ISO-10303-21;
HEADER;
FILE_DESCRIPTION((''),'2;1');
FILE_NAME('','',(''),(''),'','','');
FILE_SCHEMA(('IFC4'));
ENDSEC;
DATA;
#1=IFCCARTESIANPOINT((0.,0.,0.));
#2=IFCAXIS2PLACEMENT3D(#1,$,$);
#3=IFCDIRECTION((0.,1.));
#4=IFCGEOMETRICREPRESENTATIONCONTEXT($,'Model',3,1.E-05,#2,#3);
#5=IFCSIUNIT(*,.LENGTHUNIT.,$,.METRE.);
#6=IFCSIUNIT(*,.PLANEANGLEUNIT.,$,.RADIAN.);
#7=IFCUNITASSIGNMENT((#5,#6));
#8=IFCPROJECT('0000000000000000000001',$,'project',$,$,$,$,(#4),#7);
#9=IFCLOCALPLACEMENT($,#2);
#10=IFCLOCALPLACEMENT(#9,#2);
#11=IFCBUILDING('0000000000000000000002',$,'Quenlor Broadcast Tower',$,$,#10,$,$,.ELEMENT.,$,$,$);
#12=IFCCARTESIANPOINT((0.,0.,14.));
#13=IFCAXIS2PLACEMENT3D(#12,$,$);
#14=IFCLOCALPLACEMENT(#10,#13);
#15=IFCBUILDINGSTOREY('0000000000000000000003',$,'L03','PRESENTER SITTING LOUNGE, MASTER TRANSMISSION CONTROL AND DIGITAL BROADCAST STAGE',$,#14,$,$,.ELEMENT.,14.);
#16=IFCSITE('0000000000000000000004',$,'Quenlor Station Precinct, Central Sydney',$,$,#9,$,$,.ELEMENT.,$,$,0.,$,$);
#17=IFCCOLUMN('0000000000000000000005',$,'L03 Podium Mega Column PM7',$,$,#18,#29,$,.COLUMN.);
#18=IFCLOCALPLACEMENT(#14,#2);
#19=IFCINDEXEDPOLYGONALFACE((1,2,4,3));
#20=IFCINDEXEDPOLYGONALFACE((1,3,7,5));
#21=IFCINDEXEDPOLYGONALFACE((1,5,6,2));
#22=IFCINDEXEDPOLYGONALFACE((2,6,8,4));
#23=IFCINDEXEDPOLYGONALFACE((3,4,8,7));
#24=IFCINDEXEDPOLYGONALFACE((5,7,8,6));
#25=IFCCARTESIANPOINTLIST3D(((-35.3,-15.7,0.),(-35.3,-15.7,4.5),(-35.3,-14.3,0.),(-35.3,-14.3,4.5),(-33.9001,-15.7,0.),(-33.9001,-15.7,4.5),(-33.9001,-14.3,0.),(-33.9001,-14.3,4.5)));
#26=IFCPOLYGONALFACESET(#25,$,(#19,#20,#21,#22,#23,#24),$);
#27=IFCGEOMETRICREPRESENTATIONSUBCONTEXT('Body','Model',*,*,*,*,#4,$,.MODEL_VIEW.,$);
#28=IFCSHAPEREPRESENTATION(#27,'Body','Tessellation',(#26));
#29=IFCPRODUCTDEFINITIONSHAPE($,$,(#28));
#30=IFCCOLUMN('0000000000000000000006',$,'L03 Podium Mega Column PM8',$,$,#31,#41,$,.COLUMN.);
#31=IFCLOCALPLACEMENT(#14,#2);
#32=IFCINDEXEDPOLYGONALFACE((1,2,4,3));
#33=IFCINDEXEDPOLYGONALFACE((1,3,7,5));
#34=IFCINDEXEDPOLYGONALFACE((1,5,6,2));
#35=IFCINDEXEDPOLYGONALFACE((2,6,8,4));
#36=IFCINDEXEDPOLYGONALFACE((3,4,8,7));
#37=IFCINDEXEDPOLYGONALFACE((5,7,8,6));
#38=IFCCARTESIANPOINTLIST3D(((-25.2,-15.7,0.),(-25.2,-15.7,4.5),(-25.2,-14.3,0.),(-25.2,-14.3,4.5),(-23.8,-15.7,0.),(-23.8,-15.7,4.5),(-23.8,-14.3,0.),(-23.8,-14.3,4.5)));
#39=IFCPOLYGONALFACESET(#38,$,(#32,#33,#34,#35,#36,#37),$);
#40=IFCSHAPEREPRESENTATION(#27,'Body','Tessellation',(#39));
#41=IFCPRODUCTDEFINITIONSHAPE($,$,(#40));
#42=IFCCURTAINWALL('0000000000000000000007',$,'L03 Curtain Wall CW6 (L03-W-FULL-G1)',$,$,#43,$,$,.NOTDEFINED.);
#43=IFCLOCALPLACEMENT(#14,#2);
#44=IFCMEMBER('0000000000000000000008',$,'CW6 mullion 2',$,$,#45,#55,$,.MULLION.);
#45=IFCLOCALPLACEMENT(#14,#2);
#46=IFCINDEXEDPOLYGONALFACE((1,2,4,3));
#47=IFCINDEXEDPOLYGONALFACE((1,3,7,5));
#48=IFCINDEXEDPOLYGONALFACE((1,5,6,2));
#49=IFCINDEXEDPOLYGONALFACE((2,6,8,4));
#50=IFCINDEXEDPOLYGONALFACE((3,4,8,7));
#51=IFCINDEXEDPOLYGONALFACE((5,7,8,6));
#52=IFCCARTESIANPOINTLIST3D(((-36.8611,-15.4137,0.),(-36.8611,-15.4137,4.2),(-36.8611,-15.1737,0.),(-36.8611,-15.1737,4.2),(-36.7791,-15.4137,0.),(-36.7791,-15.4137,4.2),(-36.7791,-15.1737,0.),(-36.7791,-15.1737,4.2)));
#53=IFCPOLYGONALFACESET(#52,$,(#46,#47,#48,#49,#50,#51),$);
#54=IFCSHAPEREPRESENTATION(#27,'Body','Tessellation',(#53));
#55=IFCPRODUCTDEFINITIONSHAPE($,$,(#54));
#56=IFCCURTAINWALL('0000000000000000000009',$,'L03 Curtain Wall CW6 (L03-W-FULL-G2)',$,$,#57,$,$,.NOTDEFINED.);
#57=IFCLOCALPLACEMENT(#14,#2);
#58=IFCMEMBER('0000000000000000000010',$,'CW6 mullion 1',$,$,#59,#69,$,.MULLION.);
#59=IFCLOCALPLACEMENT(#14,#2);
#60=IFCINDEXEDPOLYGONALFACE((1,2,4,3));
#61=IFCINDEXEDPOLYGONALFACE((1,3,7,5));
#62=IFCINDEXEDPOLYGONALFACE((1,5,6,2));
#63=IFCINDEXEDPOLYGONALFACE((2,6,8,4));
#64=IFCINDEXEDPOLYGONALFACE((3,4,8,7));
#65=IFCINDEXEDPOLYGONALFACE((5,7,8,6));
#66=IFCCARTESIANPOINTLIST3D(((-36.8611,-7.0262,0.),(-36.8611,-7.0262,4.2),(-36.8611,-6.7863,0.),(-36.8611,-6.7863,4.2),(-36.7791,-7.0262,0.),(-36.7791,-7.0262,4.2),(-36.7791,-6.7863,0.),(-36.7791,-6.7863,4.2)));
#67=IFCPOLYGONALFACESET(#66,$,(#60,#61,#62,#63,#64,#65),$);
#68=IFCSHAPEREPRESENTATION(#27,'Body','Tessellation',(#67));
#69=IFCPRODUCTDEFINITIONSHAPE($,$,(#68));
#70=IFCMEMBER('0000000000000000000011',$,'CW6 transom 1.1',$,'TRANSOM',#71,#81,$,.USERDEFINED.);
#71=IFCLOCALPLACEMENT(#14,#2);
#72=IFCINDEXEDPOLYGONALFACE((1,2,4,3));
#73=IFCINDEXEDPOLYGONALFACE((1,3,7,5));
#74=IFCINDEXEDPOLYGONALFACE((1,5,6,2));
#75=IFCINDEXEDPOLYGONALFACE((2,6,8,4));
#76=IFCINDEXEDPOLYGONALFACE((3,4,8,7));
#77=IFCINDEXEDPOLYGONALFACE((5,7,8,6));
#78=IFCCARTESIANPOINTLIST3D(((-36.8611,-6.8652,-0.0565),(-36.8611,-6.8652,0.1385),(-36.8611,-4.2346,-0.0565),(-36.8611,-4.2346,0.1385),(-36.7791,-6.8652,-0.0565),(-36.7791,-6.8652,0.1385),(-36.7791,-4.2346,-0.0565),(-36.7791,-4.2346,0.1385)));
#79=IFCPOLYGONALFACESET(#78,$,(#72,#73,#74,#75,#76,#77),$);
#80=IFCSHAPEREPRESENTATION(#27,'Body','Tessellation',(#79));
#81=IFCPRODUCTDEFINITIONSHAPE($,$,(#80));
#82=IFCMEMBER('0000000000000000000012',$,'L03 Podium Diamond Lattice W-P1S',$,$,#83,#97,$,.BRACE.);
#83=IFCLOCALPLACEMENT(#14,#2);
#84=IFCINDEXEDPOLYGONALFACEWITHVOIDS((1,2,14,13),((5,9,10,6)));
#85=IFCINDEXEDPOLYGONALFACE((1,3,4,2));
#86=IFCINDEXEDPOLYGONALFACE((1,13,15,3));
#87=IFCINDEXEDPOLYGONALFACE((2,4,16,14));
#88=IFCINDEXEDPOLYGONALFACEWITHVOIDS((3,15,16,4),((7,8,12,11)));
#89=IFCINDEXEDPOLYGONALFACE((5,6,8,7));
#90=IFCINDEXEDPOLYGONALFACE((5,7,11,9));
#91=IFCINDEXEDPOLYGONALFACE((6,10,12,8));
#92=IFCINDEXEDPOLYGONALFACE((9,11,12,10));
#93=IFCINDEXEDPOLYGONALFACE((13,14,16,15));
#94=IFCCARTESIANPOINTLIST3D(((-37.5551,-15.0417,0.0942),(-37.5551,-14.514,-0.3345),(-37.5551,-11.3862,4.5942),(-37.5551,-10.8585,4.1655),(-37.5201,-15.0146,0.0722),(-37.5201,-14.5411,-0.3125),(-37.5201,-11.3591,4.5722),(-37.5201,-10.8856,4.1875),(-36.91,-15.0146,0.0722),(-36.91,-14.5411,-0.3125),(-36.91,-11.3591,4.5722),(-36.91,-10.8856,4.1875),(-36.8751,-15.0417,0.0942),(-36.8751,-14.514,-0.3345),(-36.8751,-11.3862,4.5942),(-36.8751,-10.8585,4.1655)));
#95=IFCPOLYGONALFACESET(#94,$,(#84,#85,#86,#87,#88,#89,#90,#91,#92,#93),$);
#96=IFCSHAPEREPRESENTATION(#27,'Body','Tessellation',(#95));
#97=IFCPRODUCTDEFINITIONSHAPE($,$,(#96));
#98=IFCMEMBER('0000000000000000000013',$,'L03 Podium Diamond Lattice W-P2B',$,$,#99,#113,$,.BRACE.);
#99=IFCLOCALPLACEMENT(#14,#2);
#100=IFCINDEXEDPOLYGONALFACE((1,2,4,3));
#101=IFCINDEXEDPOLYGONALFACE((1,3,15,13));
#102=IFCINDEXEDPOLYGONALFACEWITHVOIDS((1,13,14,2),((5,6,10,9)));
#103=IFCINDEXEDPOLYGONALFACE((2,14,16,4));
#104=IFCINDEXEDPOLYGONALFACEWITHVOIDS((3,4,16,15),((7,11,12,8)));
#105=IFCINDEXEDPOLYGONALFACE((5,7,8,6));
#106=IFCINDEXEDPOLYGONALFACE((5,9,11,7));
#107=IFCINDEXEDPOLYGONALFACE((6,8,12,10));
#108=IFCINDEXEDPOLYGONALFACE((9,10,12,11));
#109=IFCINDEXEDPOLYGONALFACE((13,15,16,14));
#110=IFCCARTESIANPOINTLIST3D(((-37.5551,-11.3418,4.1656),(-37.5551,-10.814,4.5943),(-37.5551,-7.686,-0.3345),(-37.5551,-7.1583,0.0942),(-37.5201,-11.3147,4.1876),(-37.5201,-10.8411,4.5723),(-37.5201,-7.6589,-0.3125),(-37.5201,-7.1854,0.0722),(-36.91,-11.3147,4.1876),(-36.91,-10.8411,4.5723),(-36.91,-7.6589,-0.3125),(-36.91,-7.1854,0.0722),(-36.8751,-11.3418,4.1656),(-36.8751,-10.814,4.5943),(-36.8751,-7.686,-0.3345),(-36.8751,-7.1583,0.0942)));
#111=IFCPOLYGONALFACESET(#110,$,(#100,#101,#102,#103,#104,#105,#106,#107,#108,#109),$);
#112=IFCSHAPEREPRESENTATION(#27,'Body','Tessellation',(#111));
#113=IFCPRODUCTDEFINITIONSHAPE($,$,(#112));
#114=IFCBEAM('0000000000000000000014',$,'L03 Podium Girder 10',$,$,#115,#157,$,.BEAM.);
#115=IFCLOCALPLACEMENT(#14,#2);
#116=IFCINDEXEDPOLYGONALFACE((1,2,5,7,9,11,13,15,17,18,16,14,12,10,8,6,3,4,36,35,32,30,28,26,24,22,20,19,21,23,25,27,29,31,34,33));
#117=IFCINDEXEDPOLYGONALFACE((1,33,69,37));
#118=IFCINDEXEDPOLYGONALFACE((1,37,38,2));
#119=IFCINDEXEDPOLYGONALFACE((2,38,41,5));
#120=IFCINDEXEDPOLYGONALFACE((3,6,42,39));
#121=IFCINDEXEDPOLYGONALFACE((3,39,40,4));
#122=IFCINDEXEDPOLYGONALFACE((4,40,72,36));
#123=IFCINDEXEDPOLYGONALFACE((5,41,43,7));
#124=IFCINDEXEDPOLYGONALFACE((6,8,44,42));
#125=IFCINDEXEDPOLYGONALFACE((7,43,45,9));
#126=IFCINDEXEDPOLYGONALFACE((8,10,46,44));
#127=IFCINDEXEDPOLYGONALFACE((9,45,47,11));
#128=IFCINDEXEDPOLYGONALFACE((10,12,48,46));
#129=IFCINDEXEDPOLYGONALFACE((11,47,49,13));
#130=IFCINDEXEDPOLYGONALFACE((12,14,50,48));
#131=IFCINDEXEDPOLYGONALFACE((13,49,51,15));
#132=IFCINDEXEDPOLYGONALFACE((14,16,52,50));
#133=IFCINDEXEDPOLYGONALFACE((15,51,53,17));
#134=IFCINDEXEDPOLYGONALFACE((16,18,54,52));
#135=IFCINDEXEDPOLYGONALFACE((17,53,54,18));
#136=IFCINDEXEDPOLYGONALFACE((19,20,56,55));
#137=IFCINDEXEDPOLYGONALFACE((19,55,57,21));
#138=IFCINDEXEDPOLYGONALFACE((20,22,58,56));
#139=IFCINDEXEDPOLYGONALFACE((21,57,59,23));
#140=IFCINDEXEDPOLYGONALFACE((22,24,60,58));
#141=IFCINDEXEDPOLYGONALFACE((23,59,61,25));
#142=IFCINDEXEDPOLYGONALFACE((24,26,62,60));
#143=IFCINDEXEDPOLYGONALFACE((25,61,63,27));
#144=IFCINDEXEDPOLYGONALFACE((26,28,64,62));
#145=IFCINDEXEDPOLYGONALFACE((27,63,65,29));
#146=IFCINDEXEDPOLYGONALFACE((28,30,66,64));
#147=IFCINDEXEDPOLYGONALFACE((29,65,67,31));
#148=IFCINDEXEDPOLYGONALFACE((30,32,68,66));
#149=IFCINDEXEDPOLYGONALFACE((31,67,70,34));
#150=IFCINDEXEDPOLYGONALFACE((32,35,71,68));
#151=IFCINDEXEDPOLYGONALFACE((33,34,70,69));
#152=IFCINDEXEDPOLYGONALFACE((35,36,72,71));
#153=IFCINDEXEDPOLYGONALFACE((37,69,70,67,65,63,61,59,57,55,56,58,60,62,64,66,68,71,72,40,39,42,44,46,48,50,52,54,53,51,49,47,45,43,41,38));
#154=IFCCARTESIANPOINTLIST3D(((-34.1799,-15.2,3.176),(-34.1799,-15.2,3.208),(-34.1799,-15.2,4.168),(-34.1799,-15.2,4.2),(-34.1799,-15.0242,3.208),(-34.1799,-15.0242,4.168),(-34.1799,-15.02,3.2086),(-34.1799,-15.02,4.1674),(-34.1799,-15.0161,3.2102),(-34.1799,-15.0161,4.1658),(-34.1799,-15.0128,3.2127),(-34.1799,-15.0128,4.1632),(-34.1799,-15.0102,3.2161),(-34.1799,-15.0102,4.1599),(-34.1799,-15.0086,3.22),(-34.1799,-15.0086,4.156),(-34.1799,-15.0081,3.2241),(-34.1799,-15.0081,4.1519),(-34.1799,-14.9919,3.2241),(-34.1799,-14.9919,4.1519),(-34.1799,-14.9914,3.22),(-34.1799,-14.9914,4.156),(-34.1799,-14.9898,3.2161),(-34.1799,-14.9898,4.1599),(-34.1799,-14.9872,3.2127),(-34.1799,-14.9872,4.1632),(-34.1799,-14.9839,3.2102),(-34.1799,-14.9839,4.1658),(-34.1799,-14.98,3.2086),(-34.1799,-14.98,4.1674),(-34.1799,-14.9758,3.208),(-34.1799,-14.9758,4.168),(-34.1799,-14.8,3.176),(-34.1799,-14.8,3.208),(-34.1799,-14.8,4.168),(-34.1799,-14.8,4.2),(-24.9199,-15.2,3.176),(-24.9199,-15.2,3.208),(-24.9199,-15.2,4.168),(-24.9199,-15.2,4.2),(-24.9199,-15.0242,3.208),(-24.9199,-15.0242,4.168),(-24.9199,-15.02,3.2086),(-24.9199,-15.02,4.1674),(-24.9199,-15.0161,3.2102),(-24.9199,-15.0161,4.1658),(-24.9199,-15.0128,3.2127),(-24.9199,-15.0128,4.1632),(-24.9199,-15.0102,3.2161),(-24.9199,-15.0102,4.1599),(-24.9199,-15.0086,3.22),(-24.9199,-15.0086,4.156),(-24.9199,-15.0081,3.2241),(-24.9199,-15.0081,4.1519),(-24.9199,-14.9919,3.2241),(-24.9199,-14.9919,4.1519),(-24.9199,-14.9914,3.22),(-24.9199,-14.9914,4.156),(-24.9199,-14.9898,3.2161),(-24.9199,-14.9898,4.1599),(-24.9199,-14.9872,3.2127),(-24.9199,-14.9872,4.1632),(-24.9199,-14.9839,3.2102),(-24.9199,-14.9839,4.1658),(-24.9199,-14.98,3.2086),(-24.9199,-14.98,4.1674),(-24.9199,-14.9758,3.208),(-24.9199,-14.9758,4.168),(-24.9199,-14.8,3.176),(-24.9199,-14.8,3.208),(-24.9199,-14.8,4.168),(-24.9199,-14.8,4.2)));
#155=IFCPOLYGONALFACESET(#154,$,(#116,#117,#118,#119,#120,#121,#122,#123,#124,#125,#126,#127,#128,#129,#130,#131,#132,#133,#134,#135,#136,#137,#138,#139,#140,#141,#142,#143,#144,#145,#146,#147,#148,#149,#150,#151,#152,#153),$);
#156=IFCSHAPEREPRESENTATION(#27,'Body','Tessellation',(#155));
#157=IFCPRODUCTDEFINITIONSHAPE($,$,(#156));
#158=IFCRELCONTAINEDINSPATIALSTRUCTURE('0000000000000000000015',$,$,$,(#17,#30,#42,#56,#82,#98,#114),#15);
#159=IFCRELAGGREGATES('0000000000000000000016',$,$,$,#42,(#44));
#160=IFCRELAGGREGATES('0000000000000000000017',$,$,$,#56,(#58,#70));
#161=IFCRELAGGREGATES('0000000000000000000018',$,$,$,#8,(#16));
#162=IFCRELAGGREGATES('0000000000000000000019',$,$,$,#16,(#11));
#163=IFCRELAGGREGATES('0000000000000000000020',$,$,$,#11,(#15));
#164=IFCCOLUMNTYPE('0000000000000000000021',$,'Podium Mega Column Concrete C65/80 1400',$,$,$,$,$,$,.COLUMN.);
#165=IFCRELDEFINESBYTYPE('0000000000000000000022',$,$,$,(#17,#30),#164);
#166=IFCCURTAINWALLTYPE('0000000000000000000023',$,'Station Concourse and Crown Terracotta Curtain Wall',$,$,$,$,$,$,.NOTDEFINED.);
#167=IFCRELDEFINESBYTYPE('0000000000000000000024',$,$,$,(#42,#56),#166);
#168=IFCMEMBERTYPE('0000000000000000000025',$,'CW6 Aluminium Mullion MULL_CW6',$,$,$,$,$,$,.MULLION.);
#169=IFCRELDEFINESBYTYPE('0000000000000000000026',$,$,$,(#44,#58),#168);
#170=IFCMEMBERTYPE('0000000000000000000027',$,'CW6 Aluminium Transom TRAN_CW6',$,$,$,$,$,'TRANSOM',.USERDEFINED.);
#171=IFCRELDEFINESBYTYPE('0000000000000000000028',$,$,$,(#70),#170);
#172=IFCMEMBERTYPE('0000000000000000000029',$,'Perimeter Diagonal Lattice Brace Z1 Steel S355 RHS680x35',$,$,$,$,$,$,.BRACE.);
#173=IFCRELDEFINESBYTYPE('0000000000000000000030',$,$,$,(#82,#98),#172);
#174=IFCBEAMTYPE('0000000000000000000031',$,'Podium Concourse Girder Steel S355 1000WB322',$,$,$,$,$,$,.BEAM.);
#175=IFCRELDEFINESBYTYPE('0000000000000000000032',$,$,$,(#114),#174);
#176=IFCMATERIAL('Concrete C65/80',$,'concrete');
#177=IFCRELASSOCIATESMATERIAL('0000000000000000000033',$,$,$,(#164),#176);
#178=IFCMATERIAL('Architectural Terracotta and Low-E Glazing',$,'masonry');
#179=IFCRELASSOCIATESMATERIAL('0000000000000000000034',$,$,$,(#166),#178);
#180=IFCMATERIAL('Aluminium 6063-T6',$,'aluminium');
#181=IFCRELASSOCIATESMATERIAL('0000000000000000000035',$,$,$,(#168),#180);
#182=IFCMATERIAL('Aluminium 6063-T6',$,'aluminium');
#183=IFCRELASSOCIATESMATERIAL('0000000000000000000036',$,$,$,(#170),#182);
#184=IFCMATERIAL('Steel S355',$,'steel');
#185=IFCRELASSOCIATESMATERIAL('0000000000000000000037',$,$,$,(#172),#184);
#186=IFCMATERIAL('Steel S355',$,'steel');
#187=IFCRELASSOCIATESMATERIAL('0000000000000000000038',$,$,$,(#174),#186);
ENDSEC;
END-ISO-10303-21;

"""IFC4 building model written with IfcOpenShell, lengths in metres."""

from ifc_helpers import new_model, si_unit, direction, frame, origin, origin_2d, place, context, subcontext, project, spatial, rectangle, hollow_rectangle, i_section, extrude, material, material_profile, profile_set, type_object, element, aggregate, save


model = new_model("IFC4")

# Units and contexts
model_context = context("Model", 3, precision=1e-05, world=origin(), true_north=direction((0.0, 1.0)))
body_context = subcontext(model_context, "Body", "Model", "MODEL_VIEW")
ifc_project = project(units=[si_unit("LENGTHUNIT", "METRE"), si_unit("PLANEANGLEUNIT", "RADIAN")], contexts=[model_context])

# Site, building, storey
site_placement = place(None, origin())
site = spatial("IfcSite", under=ifc_project, at=site_placement, Name="Quenlor Station Precinct, Central Sydney", CompositionType="ELEMENT", RefElevation=0.0)
building_placement = place(site_placement, origin())
building = spatial("IfcBuilding", under=site, at=building_placement, Name="Quenlor Broadcast Tower", CompositionType="ELEMENT")
storey_placement = place(building_placement, frame((0.0, 0.0, 14.0)))
storey = spatial("IfcBuildingStorey", under=building, at=storey_placement, Name="L03", Description="PRESENTER SITTING LOUNGE, MASTER TRANSMISSION CONTROL AND DIGITAL BROADCAST STAGE", CompositionType="ELEMENT", Elevation=14.0)

# Columns
ifc_material_1 = material(Name="Concrete C65/80", Category="concrete")
ifc_material_profile_1 = material_profile(ifc_material_1, rectangle(XDim=1.3999, YDim=1.3999, at=origin_2d()))
ifc_profile_set_1 = profile_set([ifc_material_profile_1], Name="Concrete C65/80 RC1400x1400")
column_type = type_object("IfcColumnType", Name="Podium Mega Column Concrete C65/80 1400", PredefinedType="COLUMN", material=ifc_profile_set_1)
for number, where, z_axis, x_axis, name in (
    (1, (-34.6001, -15.0, 0.0), (0.0, 0.0, 1.0), (1.0, 0.0, 0.0), "L03 Podium Mega Column PM7"),
    (2, (-24.5, -15.0, 0.0), (0.0, 0.0, 1.0), (1.0, 0.0, 0.0), "L03 Podium Mega Column PM8"),
):
    element("IfcColumn", number, at=place(storey_placement, frame(where, z_axis=z_axis, x_axis=x_axis)), inside=storey, type_object=column_type, Name=name, PredefinedType="COLUMN", context=body_context, shape_type="SweptSolid", body=[
        extrude(rectangle(XDim=1.3999, YDim=1.3999, at=origin_2d()), origin(), (0.0, 0.0, 1.0), 4.5),
    ])

# Curtain wall, member
ifc_material_2 = material(Name="Architectural Terracotta and Low-E Glazing", Category="masonry")
curtain_wall_type = type_object("IfcCurtainWallType", Name="Station Concourse and Crown Terracotta Curtain Wall", PredefinedType="NOTDEFINED", material=ifc_material_2)
curtain_wall_1_placement = place(storey_placement, origin())
curtain_wall_1 = element("IfcCurtainWall", 3, at=curtain_wall_1_placement, inside=storey, type_object=curtain_wall_type, Name="L03 Curtain Wall CW6 (L03-W-FULL-G1)", PredefinedType="NOTDEFINED")
ifc_material_3 = material(Name="Aluminium 6063-T6", Category="aluminium")
ifc_material_profile_2 = material_profile(ifc_material_3, rectangle(XDim=0.082, YDim=0.24, at=origin_2d()))
ifc_profile_set_2 = profile_set([ifc_material_profile_2], Name="Aluminium 6063-T6 MULL82x240")
member_type_1 = type_object("IfcMemberType", Name="CW6 Aluminium Mullion MULL_CW6", PredefinedType="MULLION", material=ifc_profile_set_2)
member_1_placement = place(storey_placement, frame((-36.8201, -15.2937, 0.0), z_axis=(0.0, 0.0, 1.0), x_axis=(-1.0, 0.0, 0.0)))
member_1 = element("IfcMember", 4, at=member_1_placement, type_object=member_type_1, Name="CW6 mullion 2", PredefinedType="MULLION", context=body_context, shape_type="SweptSolid", body=[
    extrude(rectangle(XDim=0.082, YDim=0.24, at=origin_2d()), origin(), (0.0, 0.0, 1.0), 4.2),
])
aggregate(curtain_wall_1, [member_1])

# Curtain wall, members
curtain_wall_2_placement = place(storey_placement, origin())
curtain_wall_2 = element("IfcCurtainWall", 5, at=curtain_wall_2_placement, inside=storey, type_object=curtain_wall_type, Name="L03 Curtain Wall CW6 (L03-W-FULL-G2)", PredefinedType="NOTDEFINED")
member_2_placement = place(storey_placement, frame((-36.8201, -6.9062, 0.0), z_axis=(0.0, 0.0, 1.0), x_axis=(-1.0, 0.0, 0.0)))
member_2 = element("IfcMember", 6, at=member_2_placement, type_object=member_type_1, Name="CW6 mullion 1", PredefinedType="MULLION", context=body_context, shape_type="SweptSolid", body=[
    extrude(rectangle(XDim=0.082, YDim=0.24, at=origin_2d()), origin(), (0.0, 0.0, 1.0), 4.2),
])
ifc_material_4 = material(Name="Aluminium 6063-T6", Category="aluminium")
ifc_material_profile_3 = material_profile(ifc_material_4, rectangle(XDim=0.082, YDim=0.1951, at=origin_2d()))
ifc_profile_set_3 = profile_set([ifc_material_profile_3], Name="Aluminium 6063-T6 TRAN82x195")
member_type_2 = type_object("IfcMemberType", Name="CW6 Aluminium Transom TRAN_CW6", ElementType="TRANSOM", PredefinedType="USERDEFINED", material=ifc_profile_set_3)
member_3_placement = place(storey_placement, frame((-36.8201, -6.8652, 0.041), z_axis=(0.0, 1.0, 0.0), x_axis=(-1.0, 0.0, 0.0)))
member_3 = element("IfcMember", 7, at=member_3_placement, type_object=member_type_2, Name="CW6 transom 1.1", ObjectType="TRANSOM", PredefinedType="USERDEFINED", context=body_context, shape_type="SweptSolid", body=[
    extrude(rectangle(XDim=0.082, YDim=0.1951, at=origin_2d()), origin(), (0.0, 0.0, 1.0), 2.6306),
])
aggregate(curtain_wall_2, [member_2, member_3])

# Members
ifc_material_5 = material(Name="Steel S355", Category="steel")
ifc_material_profile_4 = material_profile(ifc_material_5, hollow_rectangle(XDim=0.6799, YDim=0.6799, WallThickness=0.0349, at=origin_2d()))
ifc_profile_set_4 = profile_set([ifc_material_profile_4], Name="Steel S355 RHS680x680x35")
member_type_3 = type_object("IfcMemberType", Name="Perimeter Diagonal Lattice Brace Z1 Steel S355 RHS680x35", PredefinedType="BRACE", material=ifc_profile_set_4)
member_4_placement = place(storey_placement, frame((-37.2151, -14.7778, -0.1201), z_axis=(0.0, 0.630517, 0.776176), x_axis=(-1.0, 0.0, 0.0)))
element("IfcMember", 8, at=member_4_placement, inside=storey, type_object=member_type_3, Name="L03 Podium Diamond Lattice W-P1S", PredefinedType="BRACE", context=body_context, shape_type="SweptSolid", body=[
    extrude(hollow_rectangle(XDim=0.6799, YDim=0.6799, WallThickness=0.0349, at=origin_2d()), origin(), (0.0, 0.0, 1.0), 5.7976),
])
member_5_placement = place(storey_placement, frame((-37.2151, -7.4221, -0.1201), z_axis=(0.0, -0.630542, 0.776155), x_axis=(1.0, 0.0, 0.0)))
element("IfcMember", 9, at=member_5_placement, inside=storey, type_object=member_type_3, Name="L03 Podium Diamond Lattice W-P2B", PredefinedType="BRACE", context=body_context, shape_type="SweptSolid", body=[
    extrude(hollow_rectangle(XDim=0.6799, YDim=0.6799, WallThickness=0.0349, at=origin_2d()), origin(), (0.0, 0.0, 1.0), 5.7979),
])

# Beam
ifc_material_6 = material(Name="Steel S355", Category="steel")
ifc_material_profile_5 = material_profile(ifc_material_6, i_section(OverallWidth=0.3999, OverallDepth=1.0239, WebThickness=0.0161, FlangeThickness=0.032, FilletRadius=0.0161, at=origin_2d()))
ifc_profile_set_5 = profile_set([ifc_material_profile_5], Name="Steel S355 1000WB322")
beam_type_1 = type_object("IfcBeamType", Name="Podium Concourse Girder Steel S355 1000WB322", PredefinedType="BEAM", material=ifc_profile_set_5)
beam_placement = place(storey_placement, frame((-34.1799, -15.0, 3.688), z_axis=(1.0, 0.0, 0.0), x_axis=(0.0, 1.0, 0.0)))
element("IfcBeam", 10, at=beam_placement, inside=storey, type_object=beam_type_1, Name="L03 Podium Girder 10", PredefinedType="BEAM", context=body_context, shape_type="SweptSolid", body=[
    extrude(i_section(OverallWidth=0.3999, OverallDepth=1.0239, WebThickness=0.0161, FlangeThickness=0.032, FilletRadius=0.0161, at=origin_2d()), origin(), (0.0, 0.0, 1.0), 9.26),
])

save(model, "model.ifc")
